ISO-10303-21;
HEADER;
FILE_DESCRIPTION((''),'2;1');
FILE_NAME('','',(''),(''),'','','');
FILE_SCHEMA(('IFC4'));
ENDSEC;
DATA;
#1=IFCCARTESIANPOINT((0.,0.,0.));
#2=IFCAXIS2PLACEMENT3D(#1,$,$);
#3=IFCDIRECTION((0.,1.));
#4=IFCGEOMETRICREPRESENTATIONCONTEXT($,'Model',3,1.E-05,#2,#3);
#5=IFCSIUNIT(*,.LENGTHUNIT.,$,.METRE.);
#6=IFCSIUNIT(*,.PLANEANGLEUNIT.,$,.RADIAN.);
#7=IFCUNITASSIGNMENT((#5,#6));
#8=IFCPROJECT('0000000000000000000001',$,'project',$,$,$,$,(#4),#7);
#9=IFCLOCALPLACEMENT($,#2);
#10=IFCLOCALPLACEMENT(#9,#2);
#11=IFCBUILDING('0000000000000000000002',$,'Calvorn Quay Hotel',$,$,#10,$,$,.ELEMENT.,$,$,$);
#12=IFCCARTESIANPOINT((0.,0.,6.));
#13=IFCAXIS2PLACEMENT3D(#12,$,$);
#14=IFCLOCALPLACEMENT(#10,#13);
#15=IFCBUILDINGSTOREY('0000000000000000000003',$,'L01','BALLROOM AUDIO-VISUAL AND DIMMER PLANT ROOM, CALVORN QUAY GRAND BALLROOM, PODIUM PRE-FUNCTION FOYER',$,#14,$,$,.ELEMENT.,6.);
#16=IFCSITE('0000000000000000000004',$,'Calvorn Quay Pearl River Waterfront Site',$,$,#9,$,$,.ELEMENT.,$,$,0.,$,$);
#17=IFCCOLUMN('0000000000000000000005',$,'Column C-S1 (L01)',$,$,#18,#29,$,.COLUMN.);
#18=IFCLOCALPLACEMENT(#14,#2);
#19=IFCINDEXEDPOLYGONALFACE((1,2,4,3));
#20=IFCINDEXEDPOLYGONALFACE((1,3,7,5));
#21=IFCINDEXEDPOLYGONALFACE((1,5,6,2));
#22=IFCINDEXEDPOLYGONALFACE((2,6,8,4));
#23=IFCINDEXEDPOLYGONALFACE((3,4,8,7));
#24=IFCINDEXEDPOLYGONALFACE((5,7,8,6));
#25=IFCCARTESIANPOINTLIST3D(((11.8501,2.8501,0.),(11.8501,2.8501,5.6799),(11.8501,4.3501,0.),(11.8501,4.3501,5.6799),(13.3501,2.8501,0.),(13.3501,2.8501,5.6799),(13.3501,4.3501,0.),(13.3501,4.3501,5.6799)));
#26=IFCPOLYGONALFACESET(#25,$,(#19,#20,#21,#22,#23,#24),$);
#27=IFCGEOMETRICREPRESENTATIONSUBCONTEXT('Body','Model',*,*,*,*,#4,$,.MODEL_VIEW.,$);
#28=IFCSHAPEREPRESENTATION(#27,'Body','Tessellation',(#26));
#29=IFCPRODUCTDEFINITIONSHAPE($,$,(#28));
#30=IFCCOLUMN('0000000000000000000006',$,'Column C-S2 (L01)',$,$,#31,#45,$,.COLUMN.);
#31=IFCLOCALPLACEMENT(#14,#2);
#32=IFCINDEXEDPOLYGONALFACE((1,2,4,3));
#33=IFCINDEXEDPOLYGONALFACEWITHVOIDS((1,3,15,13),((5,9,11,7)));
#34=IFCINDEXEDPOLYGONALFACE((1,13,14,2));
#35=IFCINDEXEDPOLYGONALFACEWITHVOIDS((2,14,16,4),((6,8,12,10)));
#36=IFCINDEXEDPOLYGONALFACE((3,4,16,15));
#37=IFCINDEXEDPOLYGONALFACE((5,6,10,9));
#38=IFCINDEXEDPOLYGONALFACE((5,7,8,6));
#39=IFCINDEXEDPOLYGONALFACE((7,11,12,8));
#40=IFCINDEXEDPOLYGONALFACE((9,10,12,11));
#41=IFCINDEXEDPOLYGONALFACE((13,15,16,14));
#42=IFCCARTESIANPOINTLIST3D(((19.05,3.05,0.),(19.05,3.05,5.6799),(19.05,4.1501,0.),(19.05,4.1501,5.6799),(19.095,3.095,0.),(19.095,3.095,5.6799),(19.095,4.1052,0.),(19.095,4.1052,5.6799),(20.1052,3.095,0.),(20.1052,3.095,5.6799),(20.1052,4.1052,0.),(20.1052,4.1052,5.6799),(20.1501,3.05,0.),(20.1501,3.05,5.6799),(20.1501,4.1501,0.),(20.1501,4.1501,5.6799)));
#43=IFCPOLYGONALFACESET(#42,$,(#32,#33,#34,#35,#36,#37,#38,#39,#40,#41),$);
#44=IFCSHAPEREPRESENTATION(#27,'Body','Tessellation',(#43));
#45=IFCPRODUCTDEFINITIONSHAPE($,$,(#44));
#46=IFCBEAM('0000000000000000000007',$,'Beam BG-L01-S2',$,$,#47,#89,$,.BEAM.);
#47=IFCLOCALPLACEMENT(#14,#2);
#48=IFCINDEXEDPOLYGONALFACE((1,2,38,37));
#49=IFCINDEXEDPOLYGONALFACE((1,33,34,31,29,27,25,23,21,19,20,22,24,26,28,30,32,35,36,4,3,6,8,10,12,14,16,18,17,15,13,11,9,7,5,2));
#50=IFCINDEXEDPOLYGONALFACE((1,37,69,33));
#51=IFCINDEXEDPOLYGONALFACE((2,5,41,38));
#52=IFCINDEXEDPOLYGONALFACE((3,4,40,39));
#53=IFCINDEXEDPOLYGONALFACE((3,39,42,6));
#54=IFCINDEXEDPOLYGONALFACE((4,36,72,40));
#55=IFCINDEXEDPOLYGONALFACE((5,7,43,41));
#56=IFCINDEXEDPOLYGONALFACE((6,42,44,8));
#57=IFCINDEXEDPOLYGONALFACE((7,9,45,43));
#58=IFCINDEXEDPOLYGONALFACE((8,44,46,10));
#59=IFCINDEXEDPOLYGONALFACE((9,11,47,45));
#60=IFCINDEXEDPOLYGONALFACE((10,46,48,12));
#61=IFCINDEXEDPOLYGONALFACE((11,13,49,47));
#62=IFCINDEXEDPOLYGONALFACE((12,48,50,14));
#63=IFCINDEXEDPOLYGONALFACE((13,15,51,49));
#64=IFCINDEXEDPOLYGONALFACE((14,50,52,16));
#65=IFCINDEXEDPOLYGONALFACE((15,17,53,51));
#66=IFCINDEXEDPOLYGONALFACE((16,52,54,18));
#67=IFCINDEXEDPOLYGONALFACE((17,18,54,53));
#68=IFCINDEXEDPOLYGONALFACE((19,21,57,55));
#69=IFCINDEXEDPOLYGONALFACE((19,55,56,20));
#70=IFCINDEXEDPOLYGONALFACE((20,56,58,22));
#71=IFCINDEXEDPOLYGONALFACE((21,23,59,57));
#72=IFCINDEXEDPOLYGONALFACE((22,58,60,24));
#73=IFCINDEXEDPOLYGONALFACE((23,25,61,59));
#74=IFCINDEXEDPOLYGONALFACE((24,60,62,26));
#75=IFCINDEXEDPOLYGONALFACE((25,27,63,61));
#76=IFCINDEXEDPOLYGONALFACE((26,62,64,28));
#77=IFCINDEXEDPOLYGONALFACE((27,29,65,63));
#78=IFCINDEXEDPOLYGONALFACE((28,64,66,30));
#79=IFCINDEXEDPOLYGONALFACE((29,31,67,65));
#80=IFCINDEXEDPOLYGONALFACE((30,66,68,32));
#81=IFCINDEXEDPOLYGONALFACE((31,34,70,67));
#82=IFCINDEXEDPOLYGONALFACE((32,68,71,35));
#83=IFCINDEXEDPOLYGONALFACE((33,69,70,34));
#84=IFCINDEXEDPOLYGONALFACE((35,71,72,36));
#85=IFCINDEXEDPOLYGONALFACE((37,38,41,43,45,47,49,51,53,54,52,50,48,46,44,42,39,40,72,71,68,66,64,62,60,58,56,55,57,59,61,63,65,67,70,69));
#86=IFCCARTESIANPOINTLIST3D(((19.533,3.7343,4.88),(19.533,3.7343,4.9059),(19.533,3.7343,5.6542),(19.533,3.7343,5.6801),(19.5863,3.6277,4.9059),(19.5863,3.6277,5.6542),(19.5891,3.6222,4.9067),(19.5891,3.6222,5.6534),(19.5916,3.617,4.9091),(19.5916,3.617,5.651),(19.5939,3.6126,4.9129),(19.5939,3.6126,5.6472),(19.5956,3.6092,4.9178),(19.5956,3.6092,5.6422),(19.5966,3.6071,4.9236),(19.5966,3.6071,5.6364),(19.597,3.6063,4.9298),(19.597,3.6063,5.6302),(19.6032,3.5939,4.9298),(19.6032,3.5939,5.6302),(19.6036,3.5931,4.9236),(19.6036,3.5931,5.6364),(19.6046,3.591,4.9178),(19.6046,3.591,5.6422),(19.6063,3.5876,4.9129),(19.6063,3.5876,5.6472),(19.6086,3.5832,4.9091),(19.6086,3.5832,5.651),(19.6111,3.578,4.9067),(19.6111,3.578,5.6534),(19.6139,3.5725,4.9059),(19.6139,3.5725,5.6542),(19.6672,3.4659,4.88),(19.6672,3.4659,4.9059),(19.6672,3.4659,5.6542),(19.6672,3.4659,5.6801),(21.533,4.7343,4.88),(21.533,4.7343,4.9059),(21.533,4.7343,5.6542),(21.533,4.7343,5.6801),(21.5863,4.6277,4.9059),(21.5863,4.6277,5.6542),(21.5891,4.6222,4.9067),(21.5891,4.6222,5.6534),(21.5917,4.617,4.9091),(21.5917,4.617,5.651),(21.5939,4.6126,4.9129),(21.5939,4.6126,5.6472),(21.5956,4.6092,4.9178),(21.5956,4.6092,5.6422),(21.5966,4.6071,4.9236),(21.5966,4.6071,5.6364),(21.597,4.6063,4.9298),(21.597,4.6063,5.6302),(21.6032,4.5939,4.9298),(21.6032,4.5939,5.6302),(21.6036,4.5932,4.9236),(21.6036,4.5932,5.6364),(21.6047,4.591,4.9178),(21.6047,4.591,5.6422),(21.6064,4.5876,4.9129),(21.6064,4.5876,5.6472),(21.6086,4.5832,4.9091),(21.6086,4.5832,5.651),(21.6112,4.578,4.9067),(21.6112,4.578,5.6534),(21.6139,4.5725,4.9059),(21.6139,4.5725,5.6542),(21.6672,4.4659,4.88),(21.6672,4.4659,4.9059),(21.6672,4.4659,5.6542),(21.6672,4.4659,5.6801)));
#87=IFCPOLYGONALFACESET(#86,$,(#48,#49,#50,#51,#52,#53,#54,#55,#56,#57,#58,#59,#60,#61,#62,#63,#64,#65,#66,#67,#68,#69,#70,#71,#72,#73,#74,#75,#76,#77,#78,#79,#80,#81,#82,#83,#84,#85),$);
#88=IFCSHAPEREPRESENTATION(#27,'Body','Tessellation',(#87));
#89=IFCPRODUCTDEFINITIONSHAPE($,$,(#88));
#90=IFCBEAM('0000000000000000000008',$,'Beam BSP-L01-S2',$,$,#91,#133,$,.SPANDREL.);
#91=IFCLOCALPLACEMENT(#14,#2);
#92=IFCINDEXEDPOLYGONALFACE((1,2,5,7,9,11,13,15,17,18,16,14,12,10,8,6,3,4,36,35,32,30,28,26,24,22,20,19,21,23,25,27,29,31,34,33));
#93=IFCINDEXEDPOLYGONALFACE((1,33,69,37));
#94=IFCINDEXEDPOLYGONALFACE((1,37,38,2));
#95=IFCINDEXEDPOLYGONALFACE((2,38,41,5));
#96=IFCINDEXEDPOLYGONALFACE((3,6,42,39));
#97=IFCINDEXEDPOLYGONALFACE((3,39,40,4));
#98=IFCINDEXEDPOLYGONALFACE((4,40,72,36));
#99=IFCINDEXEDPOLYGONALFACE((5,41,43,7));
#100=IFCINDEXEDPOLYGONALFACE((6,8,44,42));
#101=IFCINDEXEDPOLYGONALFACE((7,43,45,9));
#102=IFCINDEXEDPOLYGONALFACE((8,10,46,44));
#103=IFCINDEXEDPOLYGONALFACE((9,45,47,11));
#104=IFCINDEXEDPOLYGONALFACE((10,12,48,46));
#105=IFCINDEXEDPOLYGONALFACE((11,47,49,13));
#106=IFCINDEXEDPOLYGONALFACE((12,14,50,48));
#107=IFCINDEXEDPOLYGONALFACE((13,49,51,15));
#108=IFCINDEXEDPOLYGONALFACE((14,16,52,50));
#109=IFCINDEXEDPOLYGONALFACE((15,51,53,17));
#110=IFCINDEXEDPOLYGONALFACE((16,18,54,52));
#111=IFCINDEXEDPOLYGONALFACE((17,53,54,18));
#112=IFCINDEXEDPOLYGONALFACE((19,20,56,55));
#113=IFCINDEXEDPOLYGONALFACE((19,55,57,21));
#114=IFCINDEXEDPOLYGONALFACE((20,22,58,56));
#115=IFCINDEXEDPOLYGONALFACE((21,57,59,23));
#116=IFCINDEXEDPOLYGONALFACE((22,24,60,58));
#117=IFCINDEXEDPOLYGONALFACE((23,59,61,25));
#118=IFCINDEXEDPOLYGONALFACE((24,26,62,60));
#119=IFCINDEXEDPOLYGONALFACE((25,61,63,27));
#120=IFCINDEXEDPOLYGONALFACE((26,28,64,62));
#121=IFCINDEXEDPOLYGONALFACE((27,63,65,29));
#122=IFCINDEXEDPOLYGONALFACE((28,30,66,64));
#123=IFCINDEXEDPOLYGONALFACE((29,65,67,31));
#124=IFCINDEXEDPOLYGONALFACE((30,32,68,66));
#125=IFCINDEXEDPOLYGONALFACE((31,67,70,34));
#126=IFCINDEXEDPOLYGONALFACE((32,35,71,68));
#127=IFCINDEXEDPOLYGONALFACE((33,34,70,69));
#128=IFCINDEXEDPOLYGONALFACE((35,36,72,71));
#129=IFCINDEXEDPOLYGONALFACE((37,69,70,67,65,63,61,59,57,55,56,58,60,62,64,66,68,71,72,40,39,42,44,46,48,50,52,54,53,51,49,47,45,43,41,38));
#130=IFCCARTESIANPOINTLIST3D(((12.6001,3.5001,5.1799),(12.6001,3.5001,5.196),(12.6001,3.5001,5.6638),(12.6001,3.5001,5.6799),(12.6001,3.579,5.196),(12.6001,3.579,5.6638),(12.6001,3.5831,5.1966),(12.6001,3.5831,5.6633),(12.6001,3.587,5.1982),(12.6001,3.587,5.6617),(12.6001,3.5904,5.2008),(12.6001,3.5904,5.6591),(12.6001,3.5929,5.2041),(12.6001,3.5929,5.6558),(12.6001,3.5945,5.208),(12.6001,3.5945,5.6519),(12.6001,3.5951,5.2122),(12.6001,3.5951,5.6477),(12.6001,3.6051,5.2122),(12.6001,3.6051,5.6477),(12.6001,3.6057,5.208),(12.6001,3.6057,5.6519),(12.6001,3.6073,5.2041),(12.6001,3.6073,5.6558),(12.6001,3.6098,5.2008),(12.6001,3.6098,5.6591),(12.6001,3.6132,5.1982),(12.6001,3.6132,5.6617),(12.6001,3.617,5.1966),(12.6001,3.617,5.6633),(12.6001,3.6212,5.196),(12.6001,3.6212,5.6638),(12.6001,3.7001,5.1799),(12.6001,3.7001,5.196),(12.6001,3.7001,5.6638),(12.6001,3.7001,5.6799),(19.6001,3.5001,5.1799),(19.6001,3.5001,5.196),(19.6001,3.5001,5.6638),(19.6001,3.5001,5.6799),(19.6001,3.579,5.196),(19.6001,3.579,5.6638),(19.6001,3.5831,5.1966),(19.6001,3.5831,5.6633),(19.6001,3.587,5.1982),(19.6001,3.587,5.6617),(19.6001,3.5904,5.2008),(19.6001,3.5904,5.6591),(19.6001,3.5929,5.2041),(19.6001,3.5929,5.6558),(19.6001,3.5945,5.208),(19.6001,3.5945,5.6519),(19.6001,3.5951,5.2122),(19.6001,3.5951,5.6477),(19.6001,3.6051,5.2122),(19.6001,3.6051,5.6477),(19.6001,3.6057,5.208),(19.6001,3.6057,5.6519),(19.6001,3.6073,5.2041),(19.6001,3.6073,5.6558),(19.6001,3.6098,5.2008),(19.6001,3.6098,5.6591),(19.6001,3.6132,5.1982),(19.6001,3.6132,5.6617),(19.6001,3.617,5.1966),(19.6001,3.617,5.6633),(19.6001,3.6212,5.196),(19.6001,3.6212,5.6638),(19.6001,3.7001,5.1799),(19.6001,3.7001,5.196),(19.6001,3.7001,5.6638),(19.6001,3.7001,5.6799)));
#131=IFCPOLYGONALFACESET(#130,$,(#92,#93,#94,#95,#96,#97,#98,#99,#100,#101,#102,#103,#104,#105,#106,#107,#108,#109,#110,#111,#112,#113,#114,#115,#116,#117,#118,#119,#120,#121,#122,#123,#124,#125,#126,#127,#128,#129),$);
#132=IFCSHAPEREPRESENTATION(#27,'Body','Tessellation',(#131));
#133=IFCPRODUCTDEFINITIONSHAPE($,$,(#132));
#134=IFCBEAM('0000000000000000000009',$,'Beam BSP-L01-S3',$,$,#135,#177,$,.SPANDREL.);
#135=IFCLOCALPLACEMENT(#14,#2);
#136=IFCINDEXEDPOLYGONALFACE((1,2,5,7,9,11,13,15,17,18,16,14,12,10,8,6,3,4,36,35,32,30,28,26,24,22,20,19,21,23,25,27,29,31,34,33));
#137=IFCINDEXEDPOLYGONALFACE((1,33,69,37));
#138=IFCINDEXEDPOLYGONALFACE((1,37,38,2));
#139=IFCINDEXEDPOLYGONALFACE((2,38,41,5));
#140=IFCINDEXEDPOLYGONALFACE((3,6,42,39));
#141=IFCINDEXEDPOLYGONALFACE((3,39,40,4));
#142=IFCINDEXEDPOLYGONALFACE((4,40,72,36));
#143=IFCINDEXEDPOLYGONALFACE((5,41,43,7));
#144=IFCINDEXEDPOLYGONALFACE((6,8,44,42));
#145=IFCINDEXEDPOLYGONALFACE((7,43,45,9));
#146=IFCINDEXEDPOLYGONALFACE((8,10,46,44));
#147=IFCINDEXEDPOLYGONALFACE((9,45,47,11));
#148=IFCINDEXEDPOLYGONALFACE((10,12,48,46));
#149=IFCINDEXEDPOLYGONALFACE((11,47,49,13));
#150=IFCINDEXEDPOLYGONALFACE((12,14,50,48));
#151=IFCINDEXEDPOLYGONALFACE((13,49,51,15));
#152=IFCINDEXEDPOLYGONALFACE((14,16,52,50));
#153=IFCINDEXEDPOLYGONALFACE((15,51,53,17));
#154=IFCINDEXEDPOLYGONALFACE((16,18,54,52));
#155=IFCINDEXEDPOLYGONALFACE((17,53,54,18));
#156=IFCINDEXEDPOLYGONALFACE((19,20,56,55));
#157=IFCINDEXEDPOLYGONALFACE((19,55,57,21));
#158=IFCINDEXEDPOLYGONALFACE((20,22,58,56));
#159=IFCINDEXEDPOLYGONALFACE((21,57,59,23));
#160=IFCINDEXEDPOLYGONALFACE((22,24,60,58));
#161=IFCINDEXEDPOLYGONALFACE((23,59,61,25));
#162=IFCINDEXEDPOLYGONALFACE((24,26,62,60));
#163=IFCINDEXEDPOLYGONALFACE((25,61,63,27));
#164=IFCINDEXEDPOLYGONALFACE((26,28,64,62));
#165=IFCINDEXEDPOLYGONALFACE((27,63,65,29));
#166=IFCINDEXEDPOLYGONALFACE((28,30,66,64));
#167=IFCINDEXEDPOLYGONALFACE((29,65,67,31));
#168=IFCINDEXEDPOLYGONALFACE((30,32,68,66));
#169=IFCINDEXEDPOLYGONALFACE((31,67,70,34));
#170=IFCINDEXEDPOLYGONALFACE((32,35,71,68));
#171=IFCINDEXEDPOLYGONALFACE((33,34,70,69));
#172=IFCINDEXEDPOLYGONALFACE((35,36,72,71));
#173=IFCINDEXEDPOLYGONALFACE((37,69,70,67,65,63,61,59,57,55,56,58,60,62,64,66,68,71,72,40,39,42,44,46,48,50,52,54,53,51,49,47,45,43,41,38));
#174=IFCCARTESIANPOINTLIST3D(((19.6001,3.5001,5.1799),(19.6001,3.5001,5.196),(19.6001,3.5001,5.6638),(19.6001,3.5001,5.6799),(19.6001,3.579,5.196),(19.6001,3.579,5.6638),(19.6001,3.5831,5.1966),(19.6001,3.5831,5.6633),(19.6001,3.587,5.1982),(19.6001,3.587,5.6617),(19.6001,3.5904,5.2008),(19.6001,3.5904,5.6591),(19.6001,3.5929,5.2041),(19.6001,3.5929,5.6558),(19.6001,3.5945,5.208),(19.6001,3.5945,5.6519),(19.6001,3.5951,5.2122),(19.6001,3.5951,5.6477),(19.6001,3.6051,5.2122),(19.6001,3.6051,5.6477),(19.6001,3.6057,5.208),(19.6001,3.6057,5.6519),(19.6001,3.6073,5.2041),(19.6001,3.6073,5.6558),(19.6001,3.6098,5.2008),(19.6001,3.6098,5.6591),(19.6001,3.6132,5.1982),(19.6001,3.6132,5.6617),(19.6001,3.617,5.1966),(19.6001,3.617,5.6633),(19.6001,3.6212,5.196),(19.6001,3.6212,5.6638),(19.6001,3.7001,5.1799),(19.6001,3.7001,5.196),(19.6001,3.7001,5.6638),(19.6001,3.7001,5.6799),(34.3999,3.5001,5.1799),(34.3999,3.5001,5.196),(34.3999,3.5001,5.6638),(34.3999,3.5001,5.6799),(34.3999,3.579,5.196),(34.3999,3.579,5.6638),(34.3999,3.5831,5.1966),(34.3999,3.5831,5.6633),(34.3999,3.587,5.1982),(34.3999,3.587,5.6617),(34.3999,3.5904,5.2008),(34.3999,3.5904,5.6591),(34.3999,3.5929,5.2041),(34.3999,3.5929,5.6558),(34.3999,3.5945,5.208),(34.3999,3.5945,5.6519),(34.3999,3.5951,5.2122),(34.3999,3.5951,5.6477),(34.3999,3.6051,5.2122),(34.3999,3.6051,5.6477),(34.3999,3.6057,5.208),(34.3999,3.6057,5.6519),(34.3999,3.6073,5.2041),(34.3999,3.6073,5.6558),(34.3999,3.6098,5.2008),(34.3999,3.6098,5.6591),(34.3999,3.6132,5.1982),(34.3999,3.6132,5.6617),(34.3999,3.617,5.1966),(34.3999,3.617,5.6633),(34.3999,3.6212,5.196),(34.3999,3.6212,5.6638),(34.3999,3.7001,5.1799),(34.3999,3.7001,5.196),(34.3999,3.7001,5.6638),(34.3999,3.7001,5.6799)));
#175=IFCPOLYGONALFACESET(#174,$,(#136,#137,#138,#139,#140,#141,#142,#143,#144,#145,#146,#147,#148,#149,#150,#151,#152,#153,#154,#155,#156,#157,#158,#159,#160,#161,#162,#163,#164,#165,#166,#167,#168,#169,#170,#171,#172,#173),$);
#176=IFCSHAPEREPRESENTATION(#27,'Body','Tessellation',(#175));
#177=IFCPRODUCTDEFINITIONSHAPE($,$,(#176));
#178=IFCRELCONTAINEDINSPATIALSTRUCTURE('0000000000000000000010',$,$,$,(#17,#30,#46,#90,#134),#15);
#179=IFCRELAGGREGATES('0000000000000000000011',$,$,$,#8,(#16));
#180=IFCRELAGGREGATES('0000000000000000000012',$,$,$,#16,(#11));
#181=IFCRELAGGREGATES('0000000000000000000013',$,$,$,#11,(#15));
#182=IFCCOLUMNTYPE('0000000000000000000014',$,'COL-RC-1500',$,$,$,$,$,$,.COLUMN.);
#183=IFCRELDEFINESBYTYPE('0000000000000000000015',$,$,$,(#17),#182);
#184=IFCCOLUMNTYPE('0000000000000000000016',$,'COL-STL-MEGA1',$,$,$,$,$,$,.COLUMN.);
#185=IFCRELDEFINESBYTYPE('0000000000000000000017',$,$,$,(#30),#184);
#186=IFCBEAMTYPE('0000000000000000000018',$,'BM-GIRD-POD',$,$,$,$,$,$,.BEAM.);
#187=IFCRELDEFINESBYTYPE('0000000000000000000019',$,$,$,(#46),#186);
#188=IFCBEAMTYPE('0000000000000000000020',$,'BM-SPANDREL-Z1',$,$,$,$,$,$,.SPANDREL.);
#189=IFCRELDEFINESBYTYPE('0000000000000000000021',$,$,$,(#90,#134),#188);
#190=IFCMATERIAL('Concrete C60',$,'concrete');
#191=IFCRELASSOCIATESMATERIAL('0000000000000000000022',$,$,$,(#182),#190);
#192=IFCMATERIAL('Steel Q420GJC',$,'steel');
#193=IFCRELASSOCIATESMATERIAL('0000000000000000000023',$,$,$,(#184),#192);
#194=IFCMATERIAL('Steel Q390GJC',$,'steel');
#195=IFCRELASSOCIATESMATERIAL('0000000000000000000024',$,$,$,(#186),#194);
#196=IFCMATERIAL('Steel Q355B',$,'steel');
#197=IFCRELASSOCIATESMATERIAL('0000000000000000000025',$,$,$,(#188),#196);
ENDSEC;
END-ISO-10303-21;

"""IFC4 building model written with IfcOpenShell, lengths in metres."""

from ifc_helpers import new_model, si_unit, direction, frame, origin, origin_2d, place, context, subcontext, project, spatial, rectangle, hollow_rectangle, i_section, extrude, material, material_profile, profile_set, type_object, element, save


model = new_model("IFC4")

# Units and contexts
model_context = context("Model", 3, precision=1e-05, world=origin(), true_north=direction((0.0, 1.0)))
body_context = subcontext(model_context, "Body", "Model", "MODEL_VIEW")
ifc_project = project(units=[si_unit("LENGTHUNIT", "METRE"), si_unit("PLANEANGLEUNIT", "RADIAN")], contexts=[model_context])

# Site, building, storey
site_placement = place(None, origin())
site = spatial("IfcSite", under=ifc_project, at=site_placement, Name="Calvorn Quay Pearl River Waterfront Site", CompositionType="ELEMENT", RefElevation=0.0)
building_placement = place(site_placement, origin())
building = spatial("IfcBuilding", under=site, at=building_placement, Name="Calvorn Quay Hotel", CompositionType="ELEMENT")
storey_placement = place(building_placement, frame((0.0, 0.0, 6.0)))
storey = spatial("IfcBuildingStorey", under=building, at=storey_placement, Name="L01", Description="BALLROOM AUDIO-VISUAL AND DIMMER PLANT ROOM, CALVORN QUAY GRAND BALLROOM, PODIUM PRE-FUNCTION FOYER", CompositionType="ELEMENT", Elevation=6.0)

# Columns
ifc_material_1 = material(Name="Concrete C60", Category="concrete")
ifc_material_profile_1 = material_profile(ifc_material_1, rectangle(XDim=1.5, YDim=1.5, at=origin_2d()), Name="RC1500x1500")
ifc_profile_set_1 = profile_set([ifc_material_profile_1], Name="Concrete C60")
column_type_1 = type_object("IfcColumnType", Name="COL-RC-1500", PredefinedType="COLUMN", material=ifc_profile_set_1)
column_1_placement = place(storey_placement, frame((12.6001, 3.6001, 0.0), z_axis=(0.0, 0.0, 1.0), x_axis=(1.0, 0.0, 0.0)))
element("IfcColumn", 1, at=column_1_placement, inside=storey, type_object=column_type_1, Name="Column C-S1 (L01)", PredefinedType="COLUMN", context=body_context, shape_type="SweptSolid", body=[
    extrude(rectangle(XDim=1.5, YDim=1.5, at=origin_2d()), origin(), (0.0, 0.0, 1.0), 5.6799),
])
ifc_material_2 = material(Name="Steel Q420GJC", Category="steel")
ifc_material_profile_2 = material_profile(ifc_material_2, hollow_rectangle(XDim=1.1001, YDim=1.1001, WallThickness=0.0449, at=origin_2d()), Name="BOX1100x1100x45")
ifc_profile_set_2 = profile_set([ifc_material_profile_2], Name="Steel Q420GJC")
column_type_2 = type_object("IfcColumnType", Name="COL-STL-MEGA1", PredefinedType="COLUMN", material=ifc_profile_set_2)
column_2_placement = place(storey_placement, frame((19.6001, 3.6001, 0.0), z_axis=(0.0, 0.0, 1.0), x_axis=(1.0, 0.0, 0.0)))
element("IfcColumn", 2, at=column_2_placement, inside=storey, type_object=column_type_2, Name="Column C-S2 (L01)", PredefinedType="COLUMN", context=body_context, shape_type="SweptSolid", body=[
    extrude(hollow_rectangle(XDim=1.1001, YDim=1.1001, WallThickness=0.0449, at=origin_2d()), origin(), (0.0, 0.0, 1.0), 5.6799),
])

# Beams
ifc_material_3 = material(Name="Steel Q390GJC", Category="steel")
ifc_material_profile_3 = material_profile(ifc_material_3, i_section(OverallWidth=0.3, OverallDepth=0.8, WebThickness=0.0139, FlangeThickness=0.0259, FilletRadius=0.0239, at=origin_2d()), Name="HN800x300x14x26")
ifc_profile_set_3 = profile_set([ifc_material_profile_3], Name="Steel Q390GJC")
beam_type_1 = type_object("IfcBeamType", Name="BM-GIRD-POD", PredefinedType="BEAM", material=ifc_profile_set_3)
beam_1_placement = place(storey_placement, frame((19.6001, 3.6001, 5.28), z_axis=(0.894427, 0.447214, 0.0), x_axis=(-0.447214, 0.894427, 0.0)))
element("IfcBeam", 3, at=beam_1_placement, inside=storey, type_object=beam_type_1, Name="Beam BG-L01-S2", PredefinedType="BEAM", context=body_context, shape_type="SweptSolid", body=[
    extrude(i_section(OverallWidth=0.3, OverallDepth=0.8, WebThickness=0.0139, FlangeThickness=0.0259, FilletRadius=0.0239, at=origin_2d()), origin(), (0.0, 0.0, 1.0), 2.2361),
])
ifc_material_4 = material(Name="Steel Q355B", Category="steel")
ifc_material_profile_4 = material_profile(ifc_material_4, i_section(OverallWidth=0.2, OverallDepth=0.5, WebThickness=0.01, FlangeThickness=0.0161, FilletRadius=0.0161, at=origin_2d()), Name="HN500x200x10x16")
ifc_profile_set_4 = profile_set([ifc_material_profile_4], Name="Steel Q355B")
beam_type_2 = type_object("IfcBeamType", Name="BM-SPANDREL-Z1", PredefinedType="SPANDREL", material=ifc_profile_set_4)
beam_2_placement = place(storey_placement, frame((12.6001, 3.6001, 5.4299), z_axis=(1.0, 0.0, 0.0), x_axis=(0.0, 1.0, 0.0)))
element("IfcBeam", 4, at=beam_2_placement, inside=storey, type_object=beam_type_2, Name="Beam BSP-L01-S2", PredefinedType="SPANDREL", context=body_context, shape_type="SweptSolid", body=[
    extrude(i_section(OverallWidth=0.2, OverallDepth=0.5, WebThickness=0.01, FlangeThickness=0.0161, FilletRadius=0.0161, at=origin_2d()), origin(), (0.0, 0.0, 1.0), 7.0),
])
beam_3_placement = place(storey_placement, frame((19.6001, 3.6001, 5.4299), z_axis=(1.0, 0.0, 0.0), x_axis=(0.0, 1.0, 0.0)))
element("IfcBeam", 5, at=beam_3_placement, inside=storey, type_object=beam_type_2, Name="Beam BSP-L01-S3", PredefinedType="SPANDREL", context=body_context, shape_type="SweptSolid", body=[
    extrude(i_section(OverallWidth=0.2, OverallDepth=0.5, WebThickness=0.01, FlangeThickness=0.0161, FilletRadius=0.0161, at=origin_2d()), origin(), (0.0, 0.0, 1.0), 14.7998),
])

save(model, "model.ifc")
